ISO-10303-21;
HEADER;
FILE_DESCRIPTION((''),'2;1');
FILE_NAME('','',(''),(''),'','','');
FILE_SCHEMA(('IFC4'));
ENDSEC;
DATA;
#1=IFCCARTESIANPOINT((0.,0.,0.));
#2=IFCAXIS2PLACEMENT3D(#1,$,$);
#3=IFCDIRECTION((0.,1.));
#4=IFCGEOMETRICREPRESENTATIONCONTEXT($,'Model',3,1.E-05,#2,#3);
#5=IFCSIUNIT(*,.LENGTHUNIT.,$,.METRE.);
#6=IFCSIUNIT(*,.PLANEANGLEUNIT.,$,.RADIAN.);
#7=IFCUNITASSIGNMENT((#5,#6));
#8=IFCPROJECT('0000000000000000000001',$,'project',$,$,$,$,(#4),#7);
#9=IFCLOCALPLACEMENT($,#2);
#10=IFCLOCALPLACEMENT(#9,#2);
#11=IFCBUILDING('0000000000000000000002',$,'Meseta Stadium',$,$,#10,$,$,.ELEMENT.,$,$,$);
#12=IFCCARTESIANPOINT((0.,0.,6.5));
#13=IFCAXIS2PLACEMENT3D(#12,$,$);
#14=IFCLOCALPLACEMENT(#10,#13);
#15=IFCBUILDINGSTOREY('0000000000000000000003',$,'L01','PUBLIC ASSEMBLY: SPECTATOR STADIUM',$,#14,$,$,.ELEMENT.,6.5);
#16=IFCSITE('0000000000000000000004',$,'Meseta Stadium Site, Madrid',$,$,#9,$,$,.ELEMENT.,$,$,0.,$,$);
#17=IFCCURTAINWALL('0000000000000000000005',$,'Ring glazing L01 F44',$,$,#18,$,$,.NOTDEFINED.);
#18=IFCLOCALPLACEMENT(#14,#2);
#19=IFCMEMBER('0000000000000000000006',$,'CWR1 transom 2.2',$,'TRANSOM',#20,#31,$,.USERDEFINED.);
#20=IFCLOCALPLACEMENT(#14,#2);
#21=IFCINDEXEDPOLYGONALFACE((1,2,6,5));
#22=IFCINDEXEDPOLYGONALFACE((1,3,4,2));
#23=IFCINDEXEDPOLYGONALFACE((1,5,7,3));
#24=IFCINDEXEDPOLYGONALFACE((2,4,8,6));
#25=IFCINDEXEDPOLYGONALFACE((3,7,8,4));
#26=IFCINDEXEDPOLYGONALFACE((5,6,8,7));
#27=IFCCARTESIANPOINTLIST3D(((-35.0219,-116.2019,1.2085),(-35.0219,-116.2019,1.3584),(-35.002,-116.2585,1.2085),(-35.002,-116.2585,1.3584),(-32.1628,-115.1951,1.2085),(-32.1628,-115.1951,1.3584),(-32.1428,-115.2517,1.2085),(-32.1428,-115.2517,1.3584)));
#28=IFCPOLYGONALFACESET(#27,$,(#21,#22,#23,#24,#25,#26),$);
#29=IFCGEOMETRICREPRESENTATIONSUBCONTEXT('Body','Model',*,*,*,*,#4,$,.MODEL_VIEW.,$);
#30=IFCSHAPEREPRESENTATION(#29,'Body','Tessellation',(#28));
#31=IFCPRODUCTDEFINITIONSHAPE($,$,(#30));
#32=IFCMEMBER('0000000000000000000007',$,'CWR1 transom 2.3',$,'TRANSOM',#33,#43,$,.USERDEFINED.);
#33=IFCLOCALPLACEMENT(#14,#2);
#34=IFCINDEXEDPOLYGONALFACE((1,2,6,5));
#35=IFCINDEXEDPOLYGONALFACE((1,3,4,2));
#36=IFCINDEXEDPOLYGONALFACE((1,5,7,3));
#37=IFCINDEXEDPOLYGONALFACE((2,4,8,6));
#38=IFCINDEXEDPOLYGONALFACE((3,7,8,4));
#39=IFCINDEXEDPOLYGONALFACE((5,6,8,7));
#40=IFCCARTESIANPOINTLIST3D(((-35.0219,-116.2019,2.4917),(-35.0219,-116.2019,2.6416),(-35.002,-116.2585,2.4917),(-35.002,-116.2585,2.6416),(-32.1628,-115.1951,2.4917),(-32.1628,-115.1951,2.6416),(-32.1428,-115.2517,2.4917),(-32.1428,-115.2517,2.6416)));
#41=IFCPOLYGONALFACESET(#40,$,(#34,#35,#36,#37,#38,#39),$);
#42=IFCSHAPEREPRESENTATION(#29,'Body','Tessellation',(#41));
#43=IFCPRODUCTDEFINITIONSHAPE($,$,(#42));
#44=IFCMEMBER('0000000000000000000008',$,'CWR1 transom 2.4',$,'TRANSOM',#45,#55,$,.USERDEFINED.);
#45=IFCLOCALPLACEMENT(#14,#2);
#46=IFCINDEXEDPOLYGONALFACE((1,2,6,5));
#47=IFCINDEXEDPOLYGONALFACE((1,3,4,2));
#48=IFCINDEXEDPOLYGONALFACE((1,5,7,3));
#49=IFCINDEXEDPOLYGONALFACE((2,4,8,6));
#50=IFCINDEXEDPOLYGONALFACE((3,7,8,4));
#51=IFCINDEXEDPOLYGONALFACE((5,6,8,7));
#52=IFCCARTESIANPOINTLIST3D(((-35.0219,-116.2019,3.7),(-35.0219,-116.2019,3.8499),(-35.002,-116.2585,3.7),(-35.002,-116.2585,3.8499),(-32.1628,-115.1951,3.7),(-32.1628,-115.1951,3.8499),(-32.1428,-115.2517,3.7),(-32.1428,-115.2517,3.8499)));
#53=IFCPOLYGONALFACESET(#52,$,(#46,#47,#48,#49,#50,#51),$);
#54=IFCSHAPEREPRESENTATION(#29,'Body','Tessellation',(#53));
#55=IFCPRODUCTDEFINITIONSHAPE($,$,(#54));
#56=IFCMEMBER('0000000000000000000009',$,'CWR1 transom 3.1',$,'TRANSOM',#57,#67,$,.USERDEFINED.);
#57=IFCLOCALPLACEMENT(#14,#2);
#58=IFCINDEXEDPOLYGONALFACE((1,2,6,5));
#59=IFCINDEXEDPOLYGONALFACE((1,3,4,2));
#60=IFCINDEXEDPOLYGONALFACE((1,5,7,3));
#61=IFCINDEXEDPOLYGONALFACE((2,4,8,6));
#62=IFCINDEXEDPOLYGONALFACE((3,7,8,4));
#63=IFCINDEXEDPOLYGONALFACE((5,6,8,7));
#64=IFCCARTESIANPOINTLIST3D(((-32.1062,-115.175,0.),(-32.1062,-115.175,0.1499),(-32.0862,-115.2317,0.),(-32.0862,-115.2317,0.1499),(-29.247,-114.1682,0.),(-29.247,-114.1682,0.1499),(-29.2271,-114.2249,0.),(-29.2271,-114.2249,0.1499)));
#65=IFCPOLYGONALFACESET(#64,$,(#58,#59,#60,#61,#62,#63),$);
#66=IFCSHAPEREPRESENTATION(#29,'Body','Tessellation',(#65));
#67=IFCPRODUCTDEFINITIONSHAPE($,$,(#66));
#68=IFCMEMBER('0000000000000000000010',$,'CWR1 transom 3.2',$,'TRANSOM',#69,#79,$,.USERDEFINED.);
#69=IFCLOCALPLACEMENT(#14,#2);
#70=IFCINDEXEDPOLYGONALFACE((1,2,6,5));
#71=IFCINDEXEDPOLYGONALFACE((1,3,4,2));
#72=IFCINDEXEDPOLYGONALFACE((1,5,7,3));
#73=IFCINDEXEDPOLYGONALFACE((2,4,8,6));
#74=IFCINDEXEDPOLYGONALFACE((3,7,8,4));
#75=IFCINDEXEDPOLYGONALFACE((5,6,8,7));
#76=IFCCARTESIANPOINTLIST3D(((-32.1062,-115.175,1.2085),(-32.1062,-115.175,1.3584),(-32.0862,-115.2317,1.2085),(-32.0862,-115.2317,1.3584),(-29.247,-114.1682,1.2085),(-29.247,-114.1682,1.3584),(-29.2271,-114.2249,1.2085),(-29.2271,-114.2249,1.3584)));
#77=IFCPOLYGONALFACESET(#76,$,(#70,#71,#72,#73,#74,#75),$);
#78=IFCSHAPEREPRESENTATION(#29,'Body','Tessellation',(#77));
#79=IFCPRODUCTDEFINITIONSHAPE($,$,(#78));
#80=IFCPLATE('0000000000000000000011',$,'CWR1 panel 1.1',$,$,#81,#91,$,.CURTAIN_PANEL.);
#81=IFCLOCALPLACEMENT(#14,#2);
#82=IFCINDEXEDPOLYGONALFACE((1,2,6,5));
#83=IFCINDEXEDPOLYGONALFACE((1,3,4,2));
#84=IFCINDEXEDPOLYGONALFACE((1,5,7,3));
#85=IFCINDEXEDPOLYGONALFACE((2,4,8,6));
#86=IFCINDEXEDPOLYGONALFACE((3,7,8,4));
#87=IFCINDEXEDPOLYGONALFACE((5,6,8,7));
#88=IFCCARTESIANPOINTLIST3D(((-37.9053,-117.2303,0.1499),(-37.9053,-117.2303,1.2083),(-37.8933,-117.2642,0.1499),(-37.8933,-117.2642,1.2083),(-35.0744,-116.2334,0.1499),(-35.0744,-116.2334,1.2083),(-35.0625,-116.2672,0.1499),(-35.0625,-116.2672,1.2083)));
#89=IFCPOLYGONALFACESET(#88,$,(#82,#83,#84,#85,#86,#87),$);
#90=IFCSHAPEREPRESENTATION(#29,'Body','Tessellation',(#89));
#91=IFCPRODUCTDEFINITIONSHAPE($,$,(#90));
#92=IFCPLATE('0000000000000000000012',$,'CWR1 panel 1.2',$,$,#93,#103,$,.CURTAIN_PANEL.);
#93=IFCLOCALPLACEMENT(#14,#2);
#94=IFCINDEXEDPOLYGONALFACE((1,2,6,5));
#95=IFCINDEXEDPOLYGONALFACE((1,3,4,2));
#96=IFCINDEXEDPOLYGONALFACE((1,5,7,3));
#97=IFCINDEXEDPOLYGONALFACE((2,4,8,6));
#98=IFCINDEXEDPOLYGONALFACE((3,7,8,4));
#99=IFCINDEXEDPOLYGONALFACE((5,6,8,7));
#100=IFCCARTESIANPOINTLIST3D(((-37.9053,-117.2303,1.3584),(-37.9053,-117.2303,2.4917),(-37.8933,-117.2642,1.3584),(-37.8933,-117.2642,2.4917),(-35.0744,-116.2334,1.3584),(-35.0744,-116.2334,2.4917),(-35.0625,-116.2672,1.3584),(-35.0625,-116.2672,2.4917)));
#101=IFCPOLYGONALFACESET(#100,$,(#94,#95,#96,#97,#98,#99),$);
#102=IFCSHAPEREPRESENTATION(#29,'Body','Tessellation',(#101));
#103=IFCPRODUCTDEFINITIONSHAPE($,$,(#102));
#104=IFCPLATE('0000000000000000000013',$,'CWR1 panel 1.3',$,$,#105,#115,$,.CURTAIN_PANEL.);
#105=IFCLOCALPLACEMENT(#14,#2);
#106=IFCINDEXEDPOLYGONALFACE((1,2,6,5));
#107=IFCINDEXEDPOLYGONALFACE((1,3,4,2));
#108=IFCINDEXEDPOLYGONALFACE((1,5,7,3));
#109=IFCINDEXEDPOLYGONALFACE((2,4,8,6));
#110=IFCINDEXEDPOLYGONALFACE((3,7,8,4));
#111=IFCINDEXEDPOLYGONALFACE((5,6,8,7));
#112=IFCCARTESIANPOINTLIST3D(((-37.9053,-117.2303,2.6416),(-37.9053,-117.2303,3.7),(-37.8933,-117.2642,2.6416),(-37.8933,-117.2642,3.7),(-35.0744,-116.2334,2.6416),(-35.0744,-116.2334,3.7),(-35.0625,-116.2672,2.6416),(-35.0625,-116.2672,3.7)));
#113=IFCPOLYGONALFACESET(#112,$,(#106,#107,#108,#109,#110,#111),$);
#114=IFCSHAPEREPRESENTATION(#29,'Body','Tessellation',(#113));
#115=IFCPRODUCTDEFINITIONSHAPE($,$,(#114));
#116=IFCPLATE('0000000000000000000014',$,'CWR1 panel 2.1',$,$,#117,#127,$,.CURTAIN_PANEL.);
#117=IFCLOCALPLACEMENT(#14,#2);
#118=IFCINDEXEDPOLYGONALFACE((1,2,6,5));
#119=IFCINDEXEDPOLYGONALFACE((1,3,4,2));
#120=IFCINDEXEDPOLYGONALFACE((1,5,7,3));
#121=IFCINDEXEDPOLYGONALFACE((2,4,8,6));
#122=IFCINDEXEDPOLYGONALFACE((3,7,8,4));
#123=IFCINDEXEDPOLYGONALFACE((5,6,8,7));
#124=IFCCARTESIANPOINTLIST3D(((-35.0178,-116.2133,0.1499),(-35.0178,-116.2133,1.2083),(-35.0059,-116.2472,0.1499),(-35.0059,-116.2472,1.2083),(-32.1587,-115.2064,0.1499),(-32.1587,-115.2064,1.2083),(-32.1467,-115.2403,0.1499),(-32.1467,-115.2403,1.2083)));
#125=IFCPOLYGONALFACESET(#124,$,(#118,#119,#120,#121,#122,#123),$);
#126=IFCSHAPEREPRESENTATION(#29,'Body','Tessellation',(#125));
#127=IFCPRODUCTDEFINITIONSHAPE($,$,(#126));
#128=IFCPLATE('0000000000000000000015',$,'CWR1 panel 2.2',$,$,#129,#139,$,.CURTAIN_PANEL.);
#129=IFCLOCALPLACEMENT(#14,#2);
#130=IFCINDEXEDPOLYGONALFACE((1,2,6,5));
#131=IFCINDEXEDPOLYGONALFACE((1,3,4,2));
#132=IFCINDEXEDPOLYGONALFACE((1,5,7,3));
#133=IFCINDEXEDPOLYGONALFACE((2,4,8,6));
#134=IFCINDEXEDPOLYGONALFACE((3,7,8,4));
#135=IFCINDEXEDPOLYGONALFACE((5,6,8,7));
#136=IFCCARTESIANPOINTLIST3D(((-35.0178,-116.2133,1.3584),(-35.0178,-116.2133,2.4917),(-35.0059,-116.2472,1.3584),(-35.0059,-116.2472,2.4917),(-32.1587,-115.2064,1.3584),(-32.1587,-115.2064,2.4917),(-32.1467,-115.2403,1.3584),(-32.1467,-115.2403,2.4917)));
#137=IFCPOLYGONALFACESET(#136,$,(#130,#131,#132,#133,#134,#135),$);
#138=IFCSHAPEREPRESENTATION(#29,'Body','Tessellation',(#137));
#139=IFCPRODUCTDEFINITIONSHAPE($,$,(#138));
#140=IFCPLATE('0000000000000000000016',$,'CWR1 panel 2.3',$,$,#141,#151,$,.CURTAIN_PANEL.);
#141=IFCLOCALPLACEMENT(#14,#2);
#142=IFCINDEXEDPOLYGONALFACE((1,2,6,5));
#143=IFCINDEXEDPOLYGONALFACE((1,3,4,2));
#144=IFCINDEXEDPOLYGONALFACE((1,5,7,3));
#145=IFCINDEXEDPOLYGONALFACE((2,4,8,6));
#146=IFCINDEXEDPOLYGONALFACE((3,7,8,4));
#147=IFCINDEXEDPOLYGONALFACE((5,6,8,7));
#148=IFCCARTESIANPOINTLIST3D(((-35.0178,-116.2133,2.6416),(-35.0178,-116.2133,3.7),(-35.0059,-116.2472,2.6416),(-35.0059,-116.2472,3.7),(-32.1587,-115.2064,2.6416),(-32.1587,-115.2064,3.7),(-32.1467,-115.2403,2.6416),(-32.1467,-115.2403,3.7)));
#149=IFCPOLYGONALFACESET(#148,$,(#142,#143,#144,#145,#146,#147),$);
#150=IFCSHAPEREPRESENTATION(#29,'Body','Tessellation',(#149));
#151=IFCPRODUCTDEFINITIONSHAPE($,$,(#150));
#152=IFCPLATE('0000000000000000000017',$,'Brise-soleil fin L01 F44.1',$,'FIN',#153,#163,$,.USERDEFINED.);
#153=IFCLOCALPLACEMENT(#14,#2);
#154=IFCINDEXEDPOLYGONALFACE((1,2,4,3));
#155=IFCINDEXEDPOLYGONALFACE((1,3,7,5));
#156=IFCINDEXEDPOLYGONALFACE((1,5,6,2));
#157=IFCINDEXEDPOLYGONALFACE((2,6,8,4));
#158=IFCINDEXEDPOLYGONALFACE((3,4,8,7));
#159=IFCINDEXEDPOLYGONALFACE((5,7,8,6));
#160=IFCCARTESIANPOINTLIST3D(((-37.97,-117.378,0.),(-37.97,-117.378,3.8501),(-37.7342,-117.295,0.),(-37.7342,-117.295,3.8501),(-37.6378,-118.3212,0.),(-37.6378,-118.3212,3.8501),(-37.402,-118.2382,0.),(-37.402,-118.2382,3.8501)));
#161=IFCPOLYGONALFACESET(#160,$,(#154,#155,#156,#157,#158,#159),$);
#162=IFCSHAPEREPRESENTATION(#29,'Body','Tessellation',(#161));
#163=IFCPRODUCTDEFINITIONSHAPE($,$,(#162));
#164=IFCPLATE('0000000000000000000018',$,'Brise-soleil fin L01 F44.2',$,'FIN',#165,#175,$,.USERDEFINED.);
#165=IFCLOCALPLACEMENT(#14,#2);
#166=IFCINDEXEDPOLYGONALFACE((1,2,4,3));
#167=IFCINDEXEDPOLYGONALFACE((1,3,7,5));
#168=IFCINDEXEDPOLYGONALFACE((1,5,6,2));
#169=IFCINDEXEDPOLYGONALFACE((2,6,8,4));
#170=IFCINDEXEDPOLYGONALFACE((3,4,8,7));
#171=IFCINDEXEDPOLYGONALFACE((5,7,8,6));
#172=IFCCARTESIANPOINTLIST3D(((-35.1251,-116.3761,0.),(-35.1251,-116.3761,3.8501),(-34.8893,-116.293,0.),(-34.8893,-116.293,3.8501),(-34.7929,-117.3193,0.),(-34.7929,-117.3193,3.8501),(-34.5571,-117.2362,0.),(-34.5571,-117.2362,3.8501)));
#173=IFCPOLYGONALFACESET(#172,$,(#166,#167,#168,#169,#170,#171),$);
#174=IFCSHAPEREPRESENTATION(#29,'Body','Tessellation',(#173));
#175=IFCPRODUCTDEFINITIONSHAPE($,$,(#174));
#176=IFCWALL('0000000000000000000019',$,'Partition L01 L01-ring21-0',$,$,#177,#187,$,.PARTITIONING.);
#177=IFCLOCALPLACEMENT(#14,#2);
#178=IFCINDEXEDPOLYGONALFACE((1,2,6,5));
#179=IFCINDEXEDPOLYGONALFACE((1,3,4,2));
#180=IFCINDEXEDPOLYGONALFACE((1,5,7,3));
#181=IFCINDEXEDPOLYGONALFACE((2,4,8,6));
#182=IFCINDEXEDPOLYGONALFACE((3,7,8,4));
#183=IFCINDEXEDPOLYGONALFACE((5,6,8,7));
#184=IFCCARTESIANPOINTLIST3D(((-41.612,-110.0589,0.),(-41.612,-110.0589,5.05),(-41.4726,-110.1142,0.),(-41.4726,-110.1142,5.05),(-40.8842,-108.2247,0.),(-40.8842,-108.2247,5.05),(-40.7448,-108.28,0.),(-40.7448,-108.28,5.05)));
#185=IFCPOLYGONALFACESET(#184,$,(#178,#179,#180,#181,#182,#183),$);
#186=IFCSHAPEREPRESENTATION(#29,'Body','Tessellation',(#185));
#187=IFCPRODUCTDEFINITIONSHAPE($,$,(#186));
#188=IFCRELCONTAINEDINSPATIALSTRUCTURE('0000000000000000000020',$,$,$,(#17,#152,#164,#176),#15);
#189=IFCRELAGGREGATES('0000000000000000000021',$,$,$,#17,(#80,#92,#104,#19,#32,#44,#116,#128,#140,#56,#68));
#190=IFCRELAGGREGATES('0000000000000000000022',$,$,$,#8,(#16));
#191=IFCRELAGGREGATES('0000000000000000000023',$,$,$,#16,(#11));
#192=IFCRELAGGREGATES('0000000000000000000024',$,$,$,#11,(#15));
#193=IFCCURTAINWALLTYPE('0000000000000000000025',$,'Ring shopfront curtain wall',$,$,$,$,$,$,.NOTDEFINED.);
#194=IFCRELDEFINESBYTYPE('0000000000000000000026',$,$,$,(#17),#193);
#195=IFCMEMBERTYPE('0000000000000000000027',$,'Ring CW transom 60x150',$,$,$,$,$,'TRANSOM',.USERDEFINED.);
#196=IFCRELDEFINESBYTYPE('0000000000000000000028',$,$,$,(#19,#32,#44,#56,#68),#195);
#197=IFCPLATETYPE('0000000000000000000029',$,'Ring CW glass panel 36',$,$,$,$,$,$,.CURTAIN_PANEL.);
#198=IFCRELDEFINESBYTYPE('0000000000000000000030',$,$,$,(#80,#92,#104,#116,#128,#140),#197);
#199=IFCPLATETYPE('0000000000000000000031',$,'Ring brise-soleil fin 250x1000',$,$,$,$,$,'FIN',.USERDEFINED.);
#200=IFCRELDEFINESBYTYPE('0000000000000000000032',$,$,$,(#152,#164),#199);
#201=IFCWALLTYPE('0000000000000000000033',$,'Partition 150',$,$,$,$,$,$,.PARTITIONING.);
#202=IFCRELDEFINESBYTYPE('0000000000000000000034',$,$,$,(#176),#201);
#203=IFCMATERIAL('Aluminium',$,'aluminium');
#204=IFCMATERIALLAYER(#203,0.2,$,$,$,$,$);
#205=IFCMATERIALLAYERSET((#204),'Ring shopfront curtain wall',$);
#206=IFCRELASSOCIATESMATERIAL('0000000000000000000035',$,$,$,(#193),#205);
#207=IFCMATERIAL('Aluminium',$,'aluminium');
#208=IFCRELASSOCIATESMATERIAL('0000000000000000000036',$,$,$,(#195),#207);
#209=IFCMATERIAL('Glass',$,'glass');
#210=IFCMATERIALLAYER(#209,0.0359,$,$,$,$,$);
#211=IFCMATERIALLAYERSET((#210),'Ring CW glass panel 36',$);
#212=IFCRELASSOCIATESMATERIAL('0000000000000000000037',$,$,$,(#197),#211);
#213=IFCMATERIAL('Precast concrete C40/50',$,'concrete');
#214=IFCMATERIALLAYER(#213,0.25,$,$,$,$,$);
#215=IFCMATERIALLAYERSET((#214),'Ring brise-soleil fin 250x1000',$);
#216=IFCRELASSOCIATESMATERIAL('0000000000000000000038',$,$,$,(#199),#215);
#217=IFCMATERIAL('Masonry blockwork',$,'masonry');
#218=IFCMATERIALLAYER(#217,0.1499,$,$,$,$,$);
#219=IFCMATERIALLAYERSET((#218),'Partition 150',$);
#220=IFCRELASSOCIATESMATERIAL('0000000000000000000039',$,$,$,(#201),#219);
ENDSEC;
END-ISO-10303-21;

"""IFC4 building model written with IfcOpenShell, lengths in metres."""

from ifc_helpers import new_model, si_unit, direction, frame, frame_2d, origin, origin_2d, place, context, subcontext, project, spatial, rectangle, extrude, material, layer, layer_set, material_profile, profile_set, type_object, element, aggregate, save


model = new_model("IFC4")

# Units and contexts
model_context = context("Model", 3, precision=1e-05, world=origin(), true_north=direction((0.0, 1.0)))
body_context = subcontext(model_context, "Body", "Model", "MODEL_VIEW")
ifc_project = project(units=[si_unit("LENGTHUNIT", "METRE"), si_unit("PLANEANGLEUNIT", "RADIAN")], contexts=[model_context])

# Site, building, storey
site_placement = place(None, origin())
site = spatial("IfcSite", under=ifc_project, at=site_placement, Name="Meseta Stadium Site, Madrid", CompositionType="ELEMENT", RefElevation=0.0)
building_placement = place(site_placement, origin())
building = spatial("IfcBuilding", under=site, at=building_placement, Name="Meseta Stadium", CompositionType="ELEMENT")
storey_placement = place(building_placement, frame((0.0, 0.0, 6.5)))
storey = spatial("IfcBuildingStorey", under=building, at=storey_placement, Name="L01", Description="PUBLIC ASSEMBLY: SPECTATOR STADIUM", CompositionType="ELEMENT", Elevation=6.5)

# Curtain wall, members, plates
ifc_material_1 = material(Name="Aluminium", Category="aluminium")
ifc_layer_1 = layer(ifc_material_1, 0.2)
ifc_layer_set_1 = layer_set([ifc_layer_1], Name="Ring shopfront curtain wall")
curtain_wall_type = type_object("IfcCurtainWallType", Name="Ring shopfront curtain wall", PredefinedType="NOTDEFINED", material=ifc_layer_set_1)
curtain_wall_placement = place(storey_placement, origin())
curtain_wall = element("IfcCurtainWall", 1, at=curtain_wall_placement, inside=storey, type_object=curtain_wall_type, Name="Ring glazing L01 F44", PredefinedType="NOTDEFINED")
ifc_material_2 = material(Name="Aluminium", Category="aluminium")
ifc_material_profile_1 = material_profile(ifc_material_2, rectangle(XDim=0.0601, YDim=0.1499, at=origin_2d()), Name="CW 60x150")
ifc_profile_set_1 = profile_set([ifc_material_profile_1], Name="Aluminium")
member_type_1 = type_object("IfcMemberType", Name="Ring CW transom 60x150", ElementType="TRANSOM", PredefinedType="USERDEFINED", material=ifc_profile_set_1)
member_1_placement = place(storey_placement, frame((-35.012, -116.2302, 1.2834), z_axis=(0.943225, 0.332154, 0.0), x_axis=(-0.332154, 0.943225, 0.0)))
member_1 = element("IfcMember", 2, at=member_1_placement, type_object=member_type_1, Name="CWR1 transom 2.2", ObjectType="TRANSOM", PredefinedType="USERDEFINED", context=body_context, shape_type="SweptSolid", body=[
    extrude(rectangle(XDim=0.0601, YDim=0.1499, at=origin_2d()), origin(), (0.0, 0.0, 1.0), 3.0312),
])
member_2_placement = place(storey_placement, frame((-35.012, -116.2302, 2.5667), z_axis=(0.943225, 0.332154, 0.0), x_axis=(-0.332154, 0.943225, 0.0)))
member_2 = element("IfcMember", 3, at=member_2_placement, type_object=member_type_1, Name="CWR1 transom 2.3", ObjectType="TRANSOM", PredefinedType="USERDEFINED", context=body_context, shape_type="SweptSolid", body=[
    extrude(rectangle(XDim=0.0601, YDim=0.1499, at=origin_2d()), origin(), (0.0, 0.0, 1.0), 3.0312),
])
member_3_placement = place(storey_placement, frame((-35.012, -116.2302, 3.7749), z_axis=(0.943225, 0.332154, 0.0), x_axis=(-0.332154, 0.943225, 0.0)))
member_3 = element("IfcMember", 4, at=member_3_placement, type_object=member_type_1, Name="CWR1 transom 2.4", ObjectType="TRANSOM", PredefinedType="USERDEFINED", context=body_context, shape_type="SweptSolid", body=[
    extrude(rectangle(XDim=0.0601, YDim=0.1499, at=origin_2d()), origin(), (0.0, 0.0, 1.0), 3.0312),
])
member_4_placement = place(storey_placement, frame((-32.0962, -115.2034, 0.075), z_axis=(0.943225, 0.332154, 0.0), x_axis=(-0.332154, 0.943225, 0.0)))
member_4 = element("IfcMember", 5, at=member_4_placement, type_object=member_type_1, Name="CWR1 transom 3.1", ObjectType="TRANSOM", PredefinedType="USERDEFINED", context=body_context, shape_type="SweptSolid", body=[
    extrude(rectangle(XDim=0.0601, YDim=0.1499, at=origin_2d()), origin(), (0.0, 0.0, 1.0), 3.0312),
])
member_5_placement = place(storey_placement, frame((-32.0962, -115.2034, 1.2834), z_axis=(0.943225, 0.332154, 0.0), x_axis=(-0.332154, 0.943225, 0.0)))
member_5 = element("IfcMember", 6, at=member_5_placement, type_object=member_type_1, Name="CWR1 transom 3.2", ObjectType="TRANSOM", PredefinedType="USERDEFINED", context=body_context, shape_type="SweptSolid", body=[
    extrude(rectangle(XDim=0.0601, YDim=0.1499, at=origin_2d()), origin(), (0.0, 0.0, 1.0), 3.0312),
])
ifc_material_3 = material(Name="Glass", Category="glass")
ifc_layer_2 = layer(ifc_material_3, 0.0359)
ifc_layer_set_2 = layer_set([ifc_layer_2], Name="Ring CW glass panel 36")
plate_type_1 = type_object("IfcPlateType", Name="Ring CW glass panel 36", PredefinedType="CURTAIN_PANEL", material=ifc_layer_set_2)
plate_1_placement = place(storey_placement, frame((-36.4839, -116.7488, 0.1499), z_axis=(0.0, 0.0, 1.0), x_axis=(0.943218, 0.332174, 0.0)))
plate_1 = element("IfcPlate", 7, at=plate_1_placement, type_object=plate_type_1, Name="CWR1 panel 1.1", PredefinedType="CURTAIN_PANEL", context=body_context, shape_type="SweptSolid", body=[
    extrude(rectangle(XDim=3.0012, YDim=0.0359, at=origin_2d()), origin(), (0.0, 0.0, 1.0), 1.0583),
])
plate_2_placement = place(storey_placement, frame((-36.4839, -116.7488, 1.3584), z_axis=(0.0, 0.0, 1.0), x_axis=(0.943218, 0.332174, 0.0)))
plate_2 = element("IfcPlate", 8, at=plate_2_placement, type_object=plate_type_1, Name="CWR1 panel 1.2", PredefinedType="CURTAIN_PANEL", context=body_context, shape_type="SweptSolid", body=[
    extrude(rectangle(XDim=3.0012, YDim=0.0359, at=origin_2d()), origin(), (0.0, 0.0, 1.0), 1.1333),
])
plate_3_placement = place(storey_placement, frame((-36.4839, -116.7488, 2.6416), z_axis=(0.0, 0.0, 1.0), x_axis=(0.943218, 0.332174, 0.0)))
plate_3 = element("IfcPlate", 9, at=plate_3_placement, type_object=plate_type_1, Name="CWR1 panel 1.3", PredefinedType="CURTAIN_PANEL", context=body_context, shape_type="SweptSolid", body=[
    extrude(rectangle(XDim=3.0012, YDim=0.0359, at=origin_2d()), origin(), (0.0, 0.0, 1.0), 1.0583),
])
plate_4_placement = place(storey_placement, frame((-33.5823, -115.7268, 0.1499), z_axis=(0.0, 0.0, 1.0), x_axis=(0.943218, 0.332174, 0.0)))
plate_4 = element("IfcPlate", 10, at=plate_4_placement, type_object=plate_type_1, Name="CWR1 panel 2.1", PredefinedType="CURTAIN_PANEL", context=body_context, shape_type="SweptSolid", body=[
    extrude(rectangle(XDim=3.0312, YDim=0.0359, at=origin_2d()), origin(), (0.0, 0.0, 1.0), 1.0583),
])
plate_5_placement = place(storey_placement, frame((-33.5823, -115.7268, 1.3584), z_axis=(0.0, 0.0, 1.0), x_axis=(0.943218, 0.332174, 0.0)))
plate_5 = element("IfcPlate", 11, at=plate_5_placement, type_object=plate_type_1, Name="CWR1 panel 2.2", PredefinedType="CURTAIN_PANEL", context=body_context, shape_type="SweptSolid", body=[
    extrude(rectangle(XDim=3.0312, YDim=0.0359, at=origin_2d()), origin(), (0.0, 0.0, 1.0), 1.1333),
])
plate_6_placement = place(storey_placement, frame((-33.5823, -115.7268, 2.6416), z_axis=(0.0, 0.0, 1.0), x_axis=(0.943218, 0.332174, 0.0)))
plate_6 = element("IfcPlate", 12, at=plate_6_placement, type_object=plate_type_1, Name="CWR1 panel 2.3", PredefinedType="CURTAIN_PANEL", context=body_context, shape_type="SweptSolid", body=[
    extrude(rectangle(XDim=3.0312, YDim=0.0359, at=origin_2d()), origin(), (0.0, 0.0, 1.0), 1.0583),
])
aggregate(curtain_wall, [plate_1, plate_2, plate_3, member_1, member_2, member_3, plate_4, plate_5, plate_6, member_4, member_5])

# Plates
ifc_material_4 = material(Name="Precast concrete C40/50", Category="concrete")
ifc_layer_3 = layer(ifc_material_4, 0.25)
ifc_layer_set_3 = layer_set([ifc_layer_3], Name="Ring brise-soleil fin 250x1000")
plate_type_2 = type_object("IfcPlateType", Name="Ring brise-soleil fin 250x1000", ElementType="FIN", PredefinedType="USERDEFINED", material=ifc_layer_set_3)
for number, where, z_axis, x_axis, name in (
    (13, (-37.686, -117.8081, 0.0), (0.0, 0.0, 1.0), (0.943217, 0.332176, 0.0), "Brise-soleil fin L01 F44.1"),
    (14, (-34.8411, -116.8062, 0.0), (0.0, 0.0, 1.0), (0.943217, 0.332176, 0.0), "Brise-soleil fin L01 F44.2"),
):
    element("IfcPlate", number, at=place(storey_placement, frame(where, z_axis=z_axis, x_axis=x_axis)), inside=storey, type_object=plate_type_2, Name=name, ObjectType="FIN", PredefinedType="USERDEFINED", context=body_context, shape_type="SweptSolid", body=[
        extrude(rectangle(XDim=0.25, YDim=1.0, at=origin_2d()), origin(), (0.0, 0.0, 1.0), 3.8501),
    ])

# Wall
ifc_material_5 = material(Name="Masonry blockwork", Category="masonry")
ifc_layer_4 = layer(ifc_material_5, 0.1499)
ifc_layer_set_4 = layer_set([ifc_layer_4], Name="Partition 150")
wall_type_1 = type_object("IfcWallType", Name="Partition 150", PredefinedType="PARTITIONING", material=ifc_layer_set_4)
wall_1_placement = place(storey_placement, frame((-40.8145, -108.2522, 0.0), z_axis=(0.0, 0.0, 1.0), x_axis=(-0.368808, -0.929506, 0.0)))
element("IfcWall", 15, at=wall_1_placement, inside=storey, type_object=wall_type_1, Name="Partition L01 L01-ring21-0", PredefinedType="PARTITIONING", context=body_context, shape_type="SweptSolid", body=[
    extrude(rectangle(XDim=1.9734, YDim=0.1499, at=frame_2d((0.9868, 0.0))), origin(), (0.0, 0.0, 1.0), 5.05),
])

save(model, "model.ifc")
